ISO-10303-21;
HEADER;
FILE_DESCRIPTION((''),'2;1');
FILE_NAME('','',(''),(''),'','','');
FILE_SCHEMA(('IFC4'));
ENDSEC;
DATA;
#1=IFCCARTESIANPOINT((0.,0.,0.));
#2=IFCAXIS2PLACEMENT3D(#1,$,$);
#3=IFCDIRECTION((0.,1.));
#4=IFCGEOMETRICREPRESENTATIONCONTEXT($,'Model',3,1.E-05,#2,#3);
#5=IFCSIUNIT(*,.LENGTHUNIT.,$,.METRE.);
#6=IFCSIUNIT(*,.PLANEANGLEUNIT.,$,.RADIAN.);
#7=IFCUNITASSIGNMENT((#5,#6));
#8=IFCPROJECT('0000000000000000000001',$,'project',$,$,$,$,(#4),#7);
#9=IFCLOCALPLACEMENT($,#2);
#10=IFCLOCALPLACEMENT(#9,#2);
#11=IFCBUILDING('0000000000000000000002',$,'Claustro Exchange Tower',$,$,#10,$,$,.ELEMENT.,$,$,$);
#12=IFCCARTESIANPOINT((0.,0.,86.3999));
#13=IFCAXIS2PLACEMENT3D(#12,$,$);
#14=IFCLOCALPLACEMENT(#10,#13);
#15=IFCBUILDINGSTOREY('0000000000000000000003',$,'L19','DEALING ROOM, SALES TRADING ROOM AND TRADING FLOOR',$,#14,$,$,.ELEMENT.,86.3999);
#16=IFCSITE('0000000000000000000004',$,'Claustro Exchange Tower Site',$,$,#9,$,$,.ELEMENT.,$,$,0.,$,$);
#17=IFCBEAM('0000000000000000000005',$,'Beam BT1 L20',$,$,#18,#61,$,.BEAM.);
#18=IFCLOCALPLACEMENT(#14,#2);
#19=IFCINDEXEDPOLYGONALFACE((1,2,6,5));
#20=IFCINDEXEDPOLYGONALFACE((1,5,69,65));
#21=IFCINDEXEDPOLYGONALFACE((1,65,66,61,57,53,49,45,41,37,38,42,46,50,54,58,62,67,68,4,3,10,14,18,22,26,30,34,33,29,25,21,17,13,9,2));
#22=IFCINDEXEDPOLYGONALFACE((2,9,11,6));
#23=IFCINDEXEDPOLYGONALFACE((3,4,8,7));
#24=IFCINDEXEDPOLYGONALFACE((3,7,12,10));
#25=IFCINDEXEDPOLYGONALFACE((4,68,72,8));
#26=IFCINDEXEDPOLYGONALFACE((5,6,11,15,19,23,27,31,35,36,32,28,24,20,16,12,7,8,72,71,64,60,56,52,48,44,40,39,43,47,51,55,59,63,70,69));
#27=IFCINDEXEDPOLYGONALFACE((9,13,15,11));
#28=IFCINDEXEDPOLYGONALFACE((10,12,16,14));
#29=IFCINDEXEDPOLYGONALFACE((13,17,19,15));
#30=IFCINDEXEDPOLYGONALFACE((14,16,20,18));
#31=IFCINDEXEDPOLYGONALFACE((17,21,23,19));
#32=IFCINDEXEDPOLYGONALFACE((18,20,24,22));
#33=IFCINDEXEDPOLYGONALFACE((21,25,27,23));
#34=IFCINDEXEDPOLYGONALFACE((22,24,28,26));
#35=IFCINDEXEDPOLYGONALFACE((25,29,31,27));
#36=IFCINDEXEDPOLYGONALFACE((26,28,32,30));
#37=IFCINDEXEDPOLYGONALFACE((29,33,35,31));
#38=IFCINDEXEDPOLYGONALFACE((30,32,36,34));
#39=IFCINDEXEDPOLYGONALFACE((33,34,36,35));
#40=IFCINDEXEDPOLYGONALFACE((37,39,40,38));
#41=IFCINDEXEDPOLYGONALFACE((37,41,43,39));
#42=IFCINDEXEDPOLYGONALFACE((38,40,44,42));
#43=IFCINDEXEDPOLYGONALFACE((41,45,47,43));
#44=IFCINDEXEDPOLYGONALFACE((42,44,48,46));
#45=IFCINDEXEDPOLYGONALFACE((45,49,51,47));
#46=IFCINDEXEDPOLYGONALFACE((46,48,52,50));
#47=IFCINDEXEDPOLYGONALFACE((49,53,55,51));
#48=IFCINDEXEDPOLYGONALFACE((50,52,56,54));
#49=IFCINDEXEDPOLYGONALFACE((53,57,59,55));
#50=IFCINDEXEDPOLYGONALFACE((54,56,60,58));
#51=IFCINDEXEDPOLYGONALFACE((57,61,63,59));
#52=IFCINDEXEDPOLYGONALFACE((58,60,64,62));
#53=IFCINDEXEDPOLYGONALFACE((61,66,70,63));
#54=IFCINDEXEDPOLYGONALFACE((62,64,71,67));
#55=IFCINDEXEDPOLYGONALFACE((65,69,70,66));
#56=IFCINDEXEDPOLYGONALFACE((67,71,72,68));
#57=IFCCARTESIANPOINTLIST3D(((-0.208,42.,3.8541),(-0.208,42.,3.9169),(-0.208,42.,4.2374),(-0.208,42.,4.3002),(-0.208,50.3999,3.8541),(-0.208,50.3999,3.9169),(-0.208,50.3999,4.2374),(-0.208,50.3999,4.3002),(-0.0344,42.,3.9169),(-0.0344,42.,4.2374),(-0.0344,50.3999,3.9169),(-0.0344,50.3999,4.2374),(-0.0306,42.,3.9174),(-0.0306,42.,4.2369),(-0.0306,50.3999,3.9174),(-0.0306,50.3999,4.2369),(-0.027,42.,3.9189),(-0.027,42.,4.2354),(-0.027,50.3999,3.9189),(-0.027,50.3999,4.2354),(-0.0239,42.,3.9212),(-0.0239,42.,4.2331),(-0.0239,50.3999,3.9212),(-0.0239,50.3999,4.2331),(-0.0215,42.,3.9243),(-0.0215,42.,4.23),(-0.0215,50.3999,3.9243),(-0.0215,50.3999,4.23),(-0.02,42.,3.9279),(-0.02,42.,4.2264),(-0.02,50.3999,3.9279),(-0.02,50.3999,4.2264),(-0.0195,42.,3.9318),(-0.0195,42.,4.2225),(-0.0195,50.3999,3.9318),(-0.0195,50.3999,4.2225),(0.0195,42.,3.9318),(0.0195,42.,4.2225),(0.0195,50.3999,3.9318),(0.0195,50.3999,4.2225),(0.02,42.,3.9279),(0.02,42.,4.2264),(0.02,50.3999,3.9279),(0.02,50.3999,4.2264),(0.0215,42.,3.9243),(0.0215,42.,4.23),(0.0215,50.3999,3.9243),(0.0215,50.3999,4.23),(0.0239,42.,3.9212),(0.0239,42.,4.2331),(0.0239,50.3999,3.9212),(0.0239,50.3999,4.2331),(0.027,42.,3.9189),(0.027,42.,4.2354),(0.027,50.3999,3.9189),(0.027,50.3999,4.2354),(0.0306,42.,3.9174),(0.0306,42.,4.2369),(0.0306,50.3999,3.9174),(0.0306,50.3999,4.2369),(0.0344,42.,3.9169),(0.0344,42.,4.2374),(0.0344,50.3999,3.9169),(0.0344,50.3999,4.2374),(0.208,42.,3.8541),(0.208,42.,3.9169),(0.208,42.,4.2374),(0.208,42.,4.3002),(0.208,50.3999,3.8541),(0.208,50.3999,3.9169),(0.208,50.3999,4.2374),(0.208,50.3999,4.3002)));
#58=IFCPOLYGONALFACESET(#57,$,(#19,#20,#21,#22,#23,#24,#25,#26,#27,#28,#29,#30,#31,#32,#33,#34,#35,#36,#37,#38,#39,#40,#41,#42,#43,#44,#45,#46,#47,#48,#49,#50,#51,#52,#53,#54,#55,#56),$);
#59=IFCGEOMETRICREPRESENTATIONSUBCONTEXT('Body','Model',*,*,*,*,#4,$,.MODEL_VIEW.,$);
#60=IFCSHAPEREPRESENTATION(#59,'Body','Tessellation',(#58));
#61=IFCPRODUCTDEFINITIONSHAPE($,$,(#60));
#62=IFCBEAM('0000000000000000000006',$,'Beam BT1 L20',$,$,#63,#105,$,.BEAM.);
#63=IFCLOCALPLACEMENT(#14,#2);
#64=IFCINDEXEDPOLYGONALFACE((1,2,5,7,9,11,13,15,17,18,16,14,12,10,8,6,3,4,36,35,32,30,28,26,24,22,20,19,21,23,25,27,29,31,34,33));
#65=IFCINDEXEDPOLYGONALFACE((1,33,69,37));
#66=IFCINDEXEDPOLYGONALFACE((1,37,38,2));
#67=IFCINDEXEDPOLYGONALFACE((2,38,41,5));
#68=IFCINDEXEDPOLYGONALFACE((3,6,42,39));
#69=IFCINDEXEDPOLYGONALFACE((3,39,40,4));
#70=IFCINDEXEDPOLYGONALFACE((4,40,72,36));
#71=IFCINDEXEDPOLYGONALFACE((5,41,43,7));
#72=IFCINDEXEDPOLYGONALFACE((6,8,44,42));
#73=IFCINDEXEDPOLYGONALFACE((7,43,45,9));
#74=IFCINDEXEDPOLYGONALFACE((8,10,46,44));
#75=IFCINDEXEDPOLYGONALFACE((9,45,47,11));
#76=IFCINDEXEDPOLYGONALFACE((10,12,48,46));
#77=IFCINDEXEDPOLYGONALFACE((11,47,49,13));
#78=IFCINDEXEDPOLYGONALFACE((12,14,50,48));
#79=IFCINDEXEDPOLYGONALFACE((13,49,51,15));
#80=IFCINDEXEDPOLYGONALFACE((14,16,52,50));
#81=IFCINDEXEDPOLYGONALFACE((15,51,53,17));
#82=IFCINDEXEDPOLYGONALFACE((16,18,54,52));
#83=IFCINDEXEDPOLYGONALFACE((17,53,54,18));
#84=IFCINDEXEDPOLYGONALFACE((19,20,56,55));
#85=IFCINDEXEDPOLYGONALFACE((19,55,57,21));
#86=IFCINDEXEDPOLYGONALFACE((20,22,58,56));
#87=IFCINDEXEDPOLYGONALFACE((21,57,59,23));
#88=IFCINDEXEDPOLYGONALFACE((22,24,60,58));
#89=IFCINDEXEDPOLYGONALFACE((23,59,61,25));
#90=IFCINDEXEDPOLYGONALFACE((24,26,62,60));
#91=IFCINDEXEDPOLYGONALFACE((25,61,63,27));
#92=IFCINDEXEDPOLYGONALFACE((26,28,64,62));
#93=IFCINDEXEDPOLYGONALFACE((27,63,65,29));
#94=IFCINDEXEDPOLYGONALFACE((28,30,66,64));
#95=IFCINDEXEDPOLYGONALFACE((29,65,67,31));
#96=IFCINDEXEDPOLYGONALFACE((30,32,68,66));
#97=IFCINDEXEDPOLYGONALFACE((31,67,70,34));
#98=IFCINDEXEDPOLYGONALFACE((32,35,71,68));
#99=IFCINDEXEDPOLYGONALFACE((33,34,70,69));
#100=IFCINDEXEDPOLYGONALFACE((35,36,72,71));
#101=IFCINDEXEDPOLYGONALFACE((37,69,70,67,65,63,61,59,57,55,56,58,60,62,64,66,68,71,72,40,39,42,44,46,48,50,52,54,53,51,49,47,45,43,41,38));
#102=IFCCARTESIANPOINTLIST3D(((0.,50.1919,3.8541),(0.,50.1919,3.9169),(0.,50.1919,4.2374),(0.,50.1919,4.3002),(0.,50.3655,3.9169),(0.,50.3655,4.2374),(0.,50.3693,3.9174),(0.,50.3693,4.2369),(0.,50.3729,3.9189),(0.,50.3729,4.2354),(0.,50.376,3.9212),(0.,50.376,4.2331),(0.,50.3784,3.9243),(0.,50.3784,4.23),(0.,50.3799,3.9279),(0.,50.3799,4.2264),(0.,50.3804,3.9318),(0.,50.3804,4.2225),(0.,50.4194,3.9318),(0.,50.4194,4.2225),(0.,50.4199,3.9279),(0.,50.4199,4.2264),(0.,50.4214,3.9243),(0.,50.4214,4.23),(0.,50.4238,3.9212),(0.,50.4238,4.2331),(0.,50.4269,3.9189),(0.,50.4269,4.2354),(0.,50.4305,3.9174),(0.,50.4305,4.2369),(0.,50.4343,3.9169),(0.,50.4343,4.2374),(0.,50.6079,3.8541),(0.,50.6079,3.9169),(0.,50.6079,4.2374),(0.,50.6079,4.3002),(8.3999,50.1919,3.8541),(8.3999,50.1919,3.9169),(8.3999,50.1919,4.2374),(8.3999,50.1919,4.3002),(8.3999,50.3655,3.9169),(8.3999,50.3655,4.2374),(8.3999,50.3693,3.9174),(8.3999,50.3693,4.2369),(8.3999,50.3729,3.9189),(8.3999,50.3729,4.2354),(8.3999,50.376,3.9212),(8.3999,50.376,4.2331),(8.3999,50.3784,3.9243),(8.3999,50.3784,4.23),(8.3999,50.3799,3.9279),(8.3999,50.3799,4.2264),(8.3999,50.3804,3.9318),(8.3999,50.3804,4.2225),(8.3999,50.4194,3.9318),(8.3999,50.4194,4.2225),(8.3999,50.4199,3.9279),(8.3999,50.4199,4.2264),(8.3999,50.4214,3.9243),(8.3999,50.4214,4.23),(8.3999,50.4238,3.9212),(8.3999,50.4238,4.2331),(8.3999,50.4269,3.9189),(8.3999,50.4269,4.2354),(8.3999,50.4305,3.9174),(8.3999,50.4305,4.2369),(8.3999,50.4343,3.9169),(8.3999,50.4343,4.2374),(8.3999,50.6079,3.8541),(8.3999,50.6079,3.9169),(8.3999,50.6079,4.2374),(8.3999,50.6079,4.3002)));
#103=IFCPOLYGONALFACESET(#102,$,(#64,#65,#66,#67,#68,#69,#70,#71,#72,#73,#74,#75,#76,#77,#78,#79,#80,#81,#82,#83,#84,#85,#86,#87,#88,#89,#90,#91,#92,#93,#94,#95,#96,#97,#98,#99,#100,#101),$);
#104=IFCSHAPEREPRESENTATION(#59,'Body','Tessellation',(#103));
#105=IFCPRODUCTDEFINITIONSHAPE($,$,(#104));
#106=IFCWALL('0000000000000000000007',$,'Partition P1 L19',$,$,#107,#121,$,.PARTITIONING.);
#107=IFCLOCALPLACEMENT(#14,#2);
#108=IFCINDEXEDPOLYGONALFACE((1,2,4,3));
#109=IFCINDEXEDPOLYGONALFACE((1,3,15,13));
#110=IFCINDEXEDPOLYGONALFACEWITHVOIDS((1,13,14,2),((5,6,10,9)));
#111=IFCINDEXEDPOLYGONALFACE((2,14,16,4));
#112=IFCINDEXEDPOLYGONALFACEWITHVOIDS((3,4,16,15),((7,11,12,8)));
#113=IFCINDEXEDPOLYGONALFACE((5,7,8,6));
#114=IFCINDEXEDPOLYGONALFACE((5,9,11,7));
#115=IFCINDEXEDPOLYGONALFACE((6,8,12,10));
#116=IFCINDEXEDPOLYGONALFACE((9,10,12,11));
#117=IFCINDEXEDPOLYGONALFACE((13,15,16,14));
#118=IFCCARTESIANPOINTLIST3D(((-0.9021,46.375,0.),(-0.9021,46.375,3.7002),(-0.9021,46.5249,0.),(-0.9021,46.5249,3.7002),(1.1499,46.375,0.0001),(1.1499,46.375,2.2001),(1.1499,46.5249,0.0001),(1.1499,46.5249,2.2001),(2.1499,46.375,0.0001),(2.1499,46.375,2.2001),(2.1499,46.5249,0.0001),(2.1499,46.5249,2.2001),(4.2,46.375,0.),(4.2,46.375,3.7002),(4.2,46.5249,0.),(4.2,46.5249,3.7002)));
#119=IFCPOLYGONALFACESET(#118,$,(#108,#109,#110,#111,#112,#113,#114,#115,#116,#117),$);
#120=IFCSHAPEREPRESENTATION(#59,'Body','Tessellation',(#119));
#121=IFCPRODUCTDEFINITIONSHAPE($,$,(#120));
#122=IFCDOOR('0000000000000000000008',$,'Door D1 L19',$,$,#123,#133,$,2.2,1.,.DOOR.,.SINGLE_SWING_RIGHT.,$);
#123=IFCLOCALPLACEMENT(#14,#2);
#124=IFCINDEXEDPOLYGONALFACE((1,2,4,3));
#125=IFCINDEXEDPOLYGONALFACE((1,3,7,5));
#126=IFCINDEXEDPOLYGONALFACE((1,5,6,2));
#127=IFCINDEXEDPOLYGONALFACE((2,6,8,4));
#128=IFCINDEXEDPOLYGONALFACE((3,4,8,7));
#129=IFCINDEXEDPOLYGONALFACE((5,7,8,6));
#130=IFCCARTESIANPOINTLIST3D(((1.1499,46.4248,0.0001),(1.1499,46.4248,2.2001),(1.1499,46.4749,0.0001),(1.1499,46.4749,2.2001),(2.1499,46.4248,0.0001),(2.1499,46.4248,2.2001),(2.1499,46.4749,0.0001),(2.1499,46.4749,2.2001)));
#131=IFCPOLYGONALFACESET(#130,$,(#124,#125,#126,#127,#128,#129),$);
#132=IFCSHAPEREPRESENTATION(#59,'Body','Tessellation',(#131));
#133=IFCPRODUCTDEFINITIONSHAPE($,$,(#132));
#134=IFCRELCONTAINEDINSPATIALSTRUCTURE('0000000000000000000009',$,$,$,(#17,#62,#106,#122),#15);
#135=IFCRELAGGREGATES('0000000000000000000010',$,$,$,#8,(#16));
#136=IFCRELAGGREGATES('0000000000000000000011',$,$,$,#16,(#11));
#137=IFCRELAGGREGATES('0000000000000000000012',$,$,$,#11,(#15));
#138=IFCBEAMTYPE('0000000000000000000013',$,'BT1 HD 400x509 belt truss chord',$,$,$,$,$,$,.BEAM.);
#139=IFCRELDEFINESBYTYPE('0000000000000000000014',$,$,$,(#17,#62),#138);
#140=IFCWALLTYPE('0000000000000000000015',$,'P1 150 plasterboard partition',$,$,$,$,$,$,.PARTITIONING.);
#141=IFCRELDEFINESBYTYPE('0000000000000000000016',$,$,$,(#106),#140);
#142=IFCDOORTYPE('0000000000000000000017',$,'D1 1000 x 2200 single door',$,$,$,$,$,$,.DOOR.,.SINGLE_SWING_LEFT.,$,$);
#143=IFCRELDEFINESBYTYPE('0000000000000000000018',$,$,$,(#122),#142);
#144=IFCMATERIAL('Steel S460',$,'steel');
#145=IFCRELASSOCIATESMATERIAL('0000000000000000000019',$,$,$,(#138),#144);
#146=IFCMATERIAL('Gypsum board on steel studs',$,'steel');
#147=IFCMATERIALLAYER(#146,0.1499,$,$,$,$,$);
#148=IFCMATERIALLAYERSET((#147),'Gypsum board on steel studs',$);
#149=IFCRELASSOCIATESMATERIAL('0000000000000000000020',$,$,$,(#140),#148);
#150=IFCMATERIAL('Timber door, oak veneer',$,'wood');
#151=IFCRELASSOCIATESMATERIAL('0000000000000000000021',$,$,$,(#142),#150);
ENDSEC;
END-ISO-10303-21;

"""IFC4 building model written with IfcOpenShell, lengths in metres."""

from ifc_helpers import new_model, si_unit, direction, frame, frame_2d, origin, origin_2d, place, context, subcontext, project, spatial, rectangle, i_section, extrude, material, layer, layer_set, material_profile, profile_set, type_object, element, fill, save


model = new_model("IFC4")

# Units and contexts
model_context = context("Model", 3, precision=1e-05, world=origin(), true_north=direction((0.0, 1.0)))
body_context = subcontext(model_context, "Body", "Model", "MODEL_VIEW")
ifc_project = project(units=[si_unit("LENGTHUNIT", "METRE"), si_unit("PLANEANGLEUNIT", "RADIAN")], contexts=[model_context])

# Site, building, storey
site_placement = place(None, origin())
site = spatial("IfcSite", under=ifc_project, at=site_placement, Name="Claustro Exchange Tower Site", CompositionType="ELEMENT", RefElevation=0.0)
building_placement = place(site_placement, origin())
building = spatial("IfcBuilding", under=site, at=building_placement, Name="Claustro Exchange Tower", CompositionType="ELEMENT")
storey_placement = place(building_placement, frame((0.0, 0.0, 86.3999)))
storey = spatial("IfcBuildingStorey", under=building, at=storey_placement, Name="L19", Description="DEALING ROOM, SALES TRADING ROOM AND TRADING FLOOR", CompositionType="ELEMENT", Elevation=86.3999)

# Beams
ifc_material_1 = material(Name="Steel S460", Category="steel")
ifc_material_profile_1 = material_profile(ifc_material_1, i_section(OverallWidth=0.416, OverallDepth=0.446, WebThickness=0.0391, FlangeThickness=0.0627, FilletRadius=0.0149, at=origin_2d()), Name="HD 400x509")
ifc_profile_set_1 = profile_set([ifc_material_profile_1], Name="Steel S460")
beam_type_1 = type_object("IfcBeamType", Name="BT1 HD 400x509 belt truss chord", PredefinedType="BEAM", material=ifc_profile_set_1)
for number, where, z_axis, x_axis, name in (
    (1, (0.0, 42.0, 4.0771), (0.0, 1.0, 0.0), (-1.0, 0.0, 0.0), "Beam BT1 L20"),
    (2, (0.0, 50.3999, 4.0771), (1.0, 0.0, 0.0), (0.0, 1.0, 0.0), "Beam BT1 L20"),
):
    element("IfcBeam", number, at=place(storey_placement, frame(where, z_axis=z_axis, x_axis=x_axis)), inside=storey, type_object=beam_type_1, Name=name, PredefinedType="BEAM", context=body_context, shape_type="SweptSolid", body=[
        extrude(i_section(OverallWidth=0.416, OverallDepth=0.446, WebThickness=0.0391, FlangeThickness=0.0627, FilletRadius=0.0149, at=origin_2d()), origin(), (0.0, 0.0, 1.0), 8.3999),
    ])

# Wall, opening, door
ifc_material_2 = material(Name="Gypsum board on steel studs", Category="steel")
ifc_layer_1 = layer(ifc_material_2, 0.1499)
ifc_layer_set_1 = layer_set([ifc_layer_1], Name="Gypsum board on steel studs")
wall_type_1 = type_object("IfcWallType", Name="P1 150 plasterboard partition", PredefinedType="PARTITIONING", material=ifc_layer_set_1)
wall_1_placement = place(storey_placement, frame((-0.9021, 46.45, 0.0), z_axis=(0.0, 0.0, 1.0), x_axis=(1.0, 0.0, 0.0)))
wall_1 = element("IfcWall", 3, at=wall_1_placement, inside=storey, type_object=wall_type_1, Name="Partition P1 L19", PredefinedType="PARTITIONING", context=body_context, shape_type="SweptSolid", body=[
    extrude(rectangle(XDim=5.1021, YDim=0.1499, at=frame_2d((2.551, 0.0))), origin(), (0.0, 0.0, 1.0), 3.7002),
])
opening_1_placement = place(wall_1_placement, frame((2.052, 0.0, 0.0)))
opening_1 = element("IfcOpeningElement", 4, at=opening_1_placement, cuts=wall_1, PredefinedType="OPENING", context=body_context, shape_type="SweptSolid", body=[
    extrude(rectangle(XDim=1.0, YDim=2.2, at=frame_2d((0.5, 1.1001))), frame((0.0, 0.085, 0.0), z_axis=(0.0, -1.0, 0.0), x_axis=(1.0, 0.0, 0.0)), (0.0, 0.0, 1.0), 0.1699),
])
ifc_material_3 = material(Name="Timber door, oak veneer", Category="wood")
door_type = type_object("IfcDoorType", Name="D1 1000 x 2200 single door", OperationType="SINGLE_SWING_LEFT", PredefinedType="DOOR", material=ifc_material_3)
door_1_placement = place(opening_1_placement, origin())
door_1 = element("IfcDoor", 5, at=door_1_placement, inside=storey, type_object=door_type, Name="Door D1 L19", OperationType="SINGLE_SWING_RIGHT", OverallHeight=2.2, OverallWidth=1.0, PredefinedType="DOOR", context=body_context, shape_type="SweptSolid", body=[
    extrude(rectangle(XDim=1.0, YDim=2.2, at=frame_2d((0.5, 1.1001))), frame((0.0, 0.0249, 0.0), z_axis=(0.0, -1.0, 0.0), x_axis=(1.0, 0.0, 0.0)), (0.0, 0.0, 1.0), 0.05),
])
fill(opening_1, door_1)

save(model, "model.ifc")
